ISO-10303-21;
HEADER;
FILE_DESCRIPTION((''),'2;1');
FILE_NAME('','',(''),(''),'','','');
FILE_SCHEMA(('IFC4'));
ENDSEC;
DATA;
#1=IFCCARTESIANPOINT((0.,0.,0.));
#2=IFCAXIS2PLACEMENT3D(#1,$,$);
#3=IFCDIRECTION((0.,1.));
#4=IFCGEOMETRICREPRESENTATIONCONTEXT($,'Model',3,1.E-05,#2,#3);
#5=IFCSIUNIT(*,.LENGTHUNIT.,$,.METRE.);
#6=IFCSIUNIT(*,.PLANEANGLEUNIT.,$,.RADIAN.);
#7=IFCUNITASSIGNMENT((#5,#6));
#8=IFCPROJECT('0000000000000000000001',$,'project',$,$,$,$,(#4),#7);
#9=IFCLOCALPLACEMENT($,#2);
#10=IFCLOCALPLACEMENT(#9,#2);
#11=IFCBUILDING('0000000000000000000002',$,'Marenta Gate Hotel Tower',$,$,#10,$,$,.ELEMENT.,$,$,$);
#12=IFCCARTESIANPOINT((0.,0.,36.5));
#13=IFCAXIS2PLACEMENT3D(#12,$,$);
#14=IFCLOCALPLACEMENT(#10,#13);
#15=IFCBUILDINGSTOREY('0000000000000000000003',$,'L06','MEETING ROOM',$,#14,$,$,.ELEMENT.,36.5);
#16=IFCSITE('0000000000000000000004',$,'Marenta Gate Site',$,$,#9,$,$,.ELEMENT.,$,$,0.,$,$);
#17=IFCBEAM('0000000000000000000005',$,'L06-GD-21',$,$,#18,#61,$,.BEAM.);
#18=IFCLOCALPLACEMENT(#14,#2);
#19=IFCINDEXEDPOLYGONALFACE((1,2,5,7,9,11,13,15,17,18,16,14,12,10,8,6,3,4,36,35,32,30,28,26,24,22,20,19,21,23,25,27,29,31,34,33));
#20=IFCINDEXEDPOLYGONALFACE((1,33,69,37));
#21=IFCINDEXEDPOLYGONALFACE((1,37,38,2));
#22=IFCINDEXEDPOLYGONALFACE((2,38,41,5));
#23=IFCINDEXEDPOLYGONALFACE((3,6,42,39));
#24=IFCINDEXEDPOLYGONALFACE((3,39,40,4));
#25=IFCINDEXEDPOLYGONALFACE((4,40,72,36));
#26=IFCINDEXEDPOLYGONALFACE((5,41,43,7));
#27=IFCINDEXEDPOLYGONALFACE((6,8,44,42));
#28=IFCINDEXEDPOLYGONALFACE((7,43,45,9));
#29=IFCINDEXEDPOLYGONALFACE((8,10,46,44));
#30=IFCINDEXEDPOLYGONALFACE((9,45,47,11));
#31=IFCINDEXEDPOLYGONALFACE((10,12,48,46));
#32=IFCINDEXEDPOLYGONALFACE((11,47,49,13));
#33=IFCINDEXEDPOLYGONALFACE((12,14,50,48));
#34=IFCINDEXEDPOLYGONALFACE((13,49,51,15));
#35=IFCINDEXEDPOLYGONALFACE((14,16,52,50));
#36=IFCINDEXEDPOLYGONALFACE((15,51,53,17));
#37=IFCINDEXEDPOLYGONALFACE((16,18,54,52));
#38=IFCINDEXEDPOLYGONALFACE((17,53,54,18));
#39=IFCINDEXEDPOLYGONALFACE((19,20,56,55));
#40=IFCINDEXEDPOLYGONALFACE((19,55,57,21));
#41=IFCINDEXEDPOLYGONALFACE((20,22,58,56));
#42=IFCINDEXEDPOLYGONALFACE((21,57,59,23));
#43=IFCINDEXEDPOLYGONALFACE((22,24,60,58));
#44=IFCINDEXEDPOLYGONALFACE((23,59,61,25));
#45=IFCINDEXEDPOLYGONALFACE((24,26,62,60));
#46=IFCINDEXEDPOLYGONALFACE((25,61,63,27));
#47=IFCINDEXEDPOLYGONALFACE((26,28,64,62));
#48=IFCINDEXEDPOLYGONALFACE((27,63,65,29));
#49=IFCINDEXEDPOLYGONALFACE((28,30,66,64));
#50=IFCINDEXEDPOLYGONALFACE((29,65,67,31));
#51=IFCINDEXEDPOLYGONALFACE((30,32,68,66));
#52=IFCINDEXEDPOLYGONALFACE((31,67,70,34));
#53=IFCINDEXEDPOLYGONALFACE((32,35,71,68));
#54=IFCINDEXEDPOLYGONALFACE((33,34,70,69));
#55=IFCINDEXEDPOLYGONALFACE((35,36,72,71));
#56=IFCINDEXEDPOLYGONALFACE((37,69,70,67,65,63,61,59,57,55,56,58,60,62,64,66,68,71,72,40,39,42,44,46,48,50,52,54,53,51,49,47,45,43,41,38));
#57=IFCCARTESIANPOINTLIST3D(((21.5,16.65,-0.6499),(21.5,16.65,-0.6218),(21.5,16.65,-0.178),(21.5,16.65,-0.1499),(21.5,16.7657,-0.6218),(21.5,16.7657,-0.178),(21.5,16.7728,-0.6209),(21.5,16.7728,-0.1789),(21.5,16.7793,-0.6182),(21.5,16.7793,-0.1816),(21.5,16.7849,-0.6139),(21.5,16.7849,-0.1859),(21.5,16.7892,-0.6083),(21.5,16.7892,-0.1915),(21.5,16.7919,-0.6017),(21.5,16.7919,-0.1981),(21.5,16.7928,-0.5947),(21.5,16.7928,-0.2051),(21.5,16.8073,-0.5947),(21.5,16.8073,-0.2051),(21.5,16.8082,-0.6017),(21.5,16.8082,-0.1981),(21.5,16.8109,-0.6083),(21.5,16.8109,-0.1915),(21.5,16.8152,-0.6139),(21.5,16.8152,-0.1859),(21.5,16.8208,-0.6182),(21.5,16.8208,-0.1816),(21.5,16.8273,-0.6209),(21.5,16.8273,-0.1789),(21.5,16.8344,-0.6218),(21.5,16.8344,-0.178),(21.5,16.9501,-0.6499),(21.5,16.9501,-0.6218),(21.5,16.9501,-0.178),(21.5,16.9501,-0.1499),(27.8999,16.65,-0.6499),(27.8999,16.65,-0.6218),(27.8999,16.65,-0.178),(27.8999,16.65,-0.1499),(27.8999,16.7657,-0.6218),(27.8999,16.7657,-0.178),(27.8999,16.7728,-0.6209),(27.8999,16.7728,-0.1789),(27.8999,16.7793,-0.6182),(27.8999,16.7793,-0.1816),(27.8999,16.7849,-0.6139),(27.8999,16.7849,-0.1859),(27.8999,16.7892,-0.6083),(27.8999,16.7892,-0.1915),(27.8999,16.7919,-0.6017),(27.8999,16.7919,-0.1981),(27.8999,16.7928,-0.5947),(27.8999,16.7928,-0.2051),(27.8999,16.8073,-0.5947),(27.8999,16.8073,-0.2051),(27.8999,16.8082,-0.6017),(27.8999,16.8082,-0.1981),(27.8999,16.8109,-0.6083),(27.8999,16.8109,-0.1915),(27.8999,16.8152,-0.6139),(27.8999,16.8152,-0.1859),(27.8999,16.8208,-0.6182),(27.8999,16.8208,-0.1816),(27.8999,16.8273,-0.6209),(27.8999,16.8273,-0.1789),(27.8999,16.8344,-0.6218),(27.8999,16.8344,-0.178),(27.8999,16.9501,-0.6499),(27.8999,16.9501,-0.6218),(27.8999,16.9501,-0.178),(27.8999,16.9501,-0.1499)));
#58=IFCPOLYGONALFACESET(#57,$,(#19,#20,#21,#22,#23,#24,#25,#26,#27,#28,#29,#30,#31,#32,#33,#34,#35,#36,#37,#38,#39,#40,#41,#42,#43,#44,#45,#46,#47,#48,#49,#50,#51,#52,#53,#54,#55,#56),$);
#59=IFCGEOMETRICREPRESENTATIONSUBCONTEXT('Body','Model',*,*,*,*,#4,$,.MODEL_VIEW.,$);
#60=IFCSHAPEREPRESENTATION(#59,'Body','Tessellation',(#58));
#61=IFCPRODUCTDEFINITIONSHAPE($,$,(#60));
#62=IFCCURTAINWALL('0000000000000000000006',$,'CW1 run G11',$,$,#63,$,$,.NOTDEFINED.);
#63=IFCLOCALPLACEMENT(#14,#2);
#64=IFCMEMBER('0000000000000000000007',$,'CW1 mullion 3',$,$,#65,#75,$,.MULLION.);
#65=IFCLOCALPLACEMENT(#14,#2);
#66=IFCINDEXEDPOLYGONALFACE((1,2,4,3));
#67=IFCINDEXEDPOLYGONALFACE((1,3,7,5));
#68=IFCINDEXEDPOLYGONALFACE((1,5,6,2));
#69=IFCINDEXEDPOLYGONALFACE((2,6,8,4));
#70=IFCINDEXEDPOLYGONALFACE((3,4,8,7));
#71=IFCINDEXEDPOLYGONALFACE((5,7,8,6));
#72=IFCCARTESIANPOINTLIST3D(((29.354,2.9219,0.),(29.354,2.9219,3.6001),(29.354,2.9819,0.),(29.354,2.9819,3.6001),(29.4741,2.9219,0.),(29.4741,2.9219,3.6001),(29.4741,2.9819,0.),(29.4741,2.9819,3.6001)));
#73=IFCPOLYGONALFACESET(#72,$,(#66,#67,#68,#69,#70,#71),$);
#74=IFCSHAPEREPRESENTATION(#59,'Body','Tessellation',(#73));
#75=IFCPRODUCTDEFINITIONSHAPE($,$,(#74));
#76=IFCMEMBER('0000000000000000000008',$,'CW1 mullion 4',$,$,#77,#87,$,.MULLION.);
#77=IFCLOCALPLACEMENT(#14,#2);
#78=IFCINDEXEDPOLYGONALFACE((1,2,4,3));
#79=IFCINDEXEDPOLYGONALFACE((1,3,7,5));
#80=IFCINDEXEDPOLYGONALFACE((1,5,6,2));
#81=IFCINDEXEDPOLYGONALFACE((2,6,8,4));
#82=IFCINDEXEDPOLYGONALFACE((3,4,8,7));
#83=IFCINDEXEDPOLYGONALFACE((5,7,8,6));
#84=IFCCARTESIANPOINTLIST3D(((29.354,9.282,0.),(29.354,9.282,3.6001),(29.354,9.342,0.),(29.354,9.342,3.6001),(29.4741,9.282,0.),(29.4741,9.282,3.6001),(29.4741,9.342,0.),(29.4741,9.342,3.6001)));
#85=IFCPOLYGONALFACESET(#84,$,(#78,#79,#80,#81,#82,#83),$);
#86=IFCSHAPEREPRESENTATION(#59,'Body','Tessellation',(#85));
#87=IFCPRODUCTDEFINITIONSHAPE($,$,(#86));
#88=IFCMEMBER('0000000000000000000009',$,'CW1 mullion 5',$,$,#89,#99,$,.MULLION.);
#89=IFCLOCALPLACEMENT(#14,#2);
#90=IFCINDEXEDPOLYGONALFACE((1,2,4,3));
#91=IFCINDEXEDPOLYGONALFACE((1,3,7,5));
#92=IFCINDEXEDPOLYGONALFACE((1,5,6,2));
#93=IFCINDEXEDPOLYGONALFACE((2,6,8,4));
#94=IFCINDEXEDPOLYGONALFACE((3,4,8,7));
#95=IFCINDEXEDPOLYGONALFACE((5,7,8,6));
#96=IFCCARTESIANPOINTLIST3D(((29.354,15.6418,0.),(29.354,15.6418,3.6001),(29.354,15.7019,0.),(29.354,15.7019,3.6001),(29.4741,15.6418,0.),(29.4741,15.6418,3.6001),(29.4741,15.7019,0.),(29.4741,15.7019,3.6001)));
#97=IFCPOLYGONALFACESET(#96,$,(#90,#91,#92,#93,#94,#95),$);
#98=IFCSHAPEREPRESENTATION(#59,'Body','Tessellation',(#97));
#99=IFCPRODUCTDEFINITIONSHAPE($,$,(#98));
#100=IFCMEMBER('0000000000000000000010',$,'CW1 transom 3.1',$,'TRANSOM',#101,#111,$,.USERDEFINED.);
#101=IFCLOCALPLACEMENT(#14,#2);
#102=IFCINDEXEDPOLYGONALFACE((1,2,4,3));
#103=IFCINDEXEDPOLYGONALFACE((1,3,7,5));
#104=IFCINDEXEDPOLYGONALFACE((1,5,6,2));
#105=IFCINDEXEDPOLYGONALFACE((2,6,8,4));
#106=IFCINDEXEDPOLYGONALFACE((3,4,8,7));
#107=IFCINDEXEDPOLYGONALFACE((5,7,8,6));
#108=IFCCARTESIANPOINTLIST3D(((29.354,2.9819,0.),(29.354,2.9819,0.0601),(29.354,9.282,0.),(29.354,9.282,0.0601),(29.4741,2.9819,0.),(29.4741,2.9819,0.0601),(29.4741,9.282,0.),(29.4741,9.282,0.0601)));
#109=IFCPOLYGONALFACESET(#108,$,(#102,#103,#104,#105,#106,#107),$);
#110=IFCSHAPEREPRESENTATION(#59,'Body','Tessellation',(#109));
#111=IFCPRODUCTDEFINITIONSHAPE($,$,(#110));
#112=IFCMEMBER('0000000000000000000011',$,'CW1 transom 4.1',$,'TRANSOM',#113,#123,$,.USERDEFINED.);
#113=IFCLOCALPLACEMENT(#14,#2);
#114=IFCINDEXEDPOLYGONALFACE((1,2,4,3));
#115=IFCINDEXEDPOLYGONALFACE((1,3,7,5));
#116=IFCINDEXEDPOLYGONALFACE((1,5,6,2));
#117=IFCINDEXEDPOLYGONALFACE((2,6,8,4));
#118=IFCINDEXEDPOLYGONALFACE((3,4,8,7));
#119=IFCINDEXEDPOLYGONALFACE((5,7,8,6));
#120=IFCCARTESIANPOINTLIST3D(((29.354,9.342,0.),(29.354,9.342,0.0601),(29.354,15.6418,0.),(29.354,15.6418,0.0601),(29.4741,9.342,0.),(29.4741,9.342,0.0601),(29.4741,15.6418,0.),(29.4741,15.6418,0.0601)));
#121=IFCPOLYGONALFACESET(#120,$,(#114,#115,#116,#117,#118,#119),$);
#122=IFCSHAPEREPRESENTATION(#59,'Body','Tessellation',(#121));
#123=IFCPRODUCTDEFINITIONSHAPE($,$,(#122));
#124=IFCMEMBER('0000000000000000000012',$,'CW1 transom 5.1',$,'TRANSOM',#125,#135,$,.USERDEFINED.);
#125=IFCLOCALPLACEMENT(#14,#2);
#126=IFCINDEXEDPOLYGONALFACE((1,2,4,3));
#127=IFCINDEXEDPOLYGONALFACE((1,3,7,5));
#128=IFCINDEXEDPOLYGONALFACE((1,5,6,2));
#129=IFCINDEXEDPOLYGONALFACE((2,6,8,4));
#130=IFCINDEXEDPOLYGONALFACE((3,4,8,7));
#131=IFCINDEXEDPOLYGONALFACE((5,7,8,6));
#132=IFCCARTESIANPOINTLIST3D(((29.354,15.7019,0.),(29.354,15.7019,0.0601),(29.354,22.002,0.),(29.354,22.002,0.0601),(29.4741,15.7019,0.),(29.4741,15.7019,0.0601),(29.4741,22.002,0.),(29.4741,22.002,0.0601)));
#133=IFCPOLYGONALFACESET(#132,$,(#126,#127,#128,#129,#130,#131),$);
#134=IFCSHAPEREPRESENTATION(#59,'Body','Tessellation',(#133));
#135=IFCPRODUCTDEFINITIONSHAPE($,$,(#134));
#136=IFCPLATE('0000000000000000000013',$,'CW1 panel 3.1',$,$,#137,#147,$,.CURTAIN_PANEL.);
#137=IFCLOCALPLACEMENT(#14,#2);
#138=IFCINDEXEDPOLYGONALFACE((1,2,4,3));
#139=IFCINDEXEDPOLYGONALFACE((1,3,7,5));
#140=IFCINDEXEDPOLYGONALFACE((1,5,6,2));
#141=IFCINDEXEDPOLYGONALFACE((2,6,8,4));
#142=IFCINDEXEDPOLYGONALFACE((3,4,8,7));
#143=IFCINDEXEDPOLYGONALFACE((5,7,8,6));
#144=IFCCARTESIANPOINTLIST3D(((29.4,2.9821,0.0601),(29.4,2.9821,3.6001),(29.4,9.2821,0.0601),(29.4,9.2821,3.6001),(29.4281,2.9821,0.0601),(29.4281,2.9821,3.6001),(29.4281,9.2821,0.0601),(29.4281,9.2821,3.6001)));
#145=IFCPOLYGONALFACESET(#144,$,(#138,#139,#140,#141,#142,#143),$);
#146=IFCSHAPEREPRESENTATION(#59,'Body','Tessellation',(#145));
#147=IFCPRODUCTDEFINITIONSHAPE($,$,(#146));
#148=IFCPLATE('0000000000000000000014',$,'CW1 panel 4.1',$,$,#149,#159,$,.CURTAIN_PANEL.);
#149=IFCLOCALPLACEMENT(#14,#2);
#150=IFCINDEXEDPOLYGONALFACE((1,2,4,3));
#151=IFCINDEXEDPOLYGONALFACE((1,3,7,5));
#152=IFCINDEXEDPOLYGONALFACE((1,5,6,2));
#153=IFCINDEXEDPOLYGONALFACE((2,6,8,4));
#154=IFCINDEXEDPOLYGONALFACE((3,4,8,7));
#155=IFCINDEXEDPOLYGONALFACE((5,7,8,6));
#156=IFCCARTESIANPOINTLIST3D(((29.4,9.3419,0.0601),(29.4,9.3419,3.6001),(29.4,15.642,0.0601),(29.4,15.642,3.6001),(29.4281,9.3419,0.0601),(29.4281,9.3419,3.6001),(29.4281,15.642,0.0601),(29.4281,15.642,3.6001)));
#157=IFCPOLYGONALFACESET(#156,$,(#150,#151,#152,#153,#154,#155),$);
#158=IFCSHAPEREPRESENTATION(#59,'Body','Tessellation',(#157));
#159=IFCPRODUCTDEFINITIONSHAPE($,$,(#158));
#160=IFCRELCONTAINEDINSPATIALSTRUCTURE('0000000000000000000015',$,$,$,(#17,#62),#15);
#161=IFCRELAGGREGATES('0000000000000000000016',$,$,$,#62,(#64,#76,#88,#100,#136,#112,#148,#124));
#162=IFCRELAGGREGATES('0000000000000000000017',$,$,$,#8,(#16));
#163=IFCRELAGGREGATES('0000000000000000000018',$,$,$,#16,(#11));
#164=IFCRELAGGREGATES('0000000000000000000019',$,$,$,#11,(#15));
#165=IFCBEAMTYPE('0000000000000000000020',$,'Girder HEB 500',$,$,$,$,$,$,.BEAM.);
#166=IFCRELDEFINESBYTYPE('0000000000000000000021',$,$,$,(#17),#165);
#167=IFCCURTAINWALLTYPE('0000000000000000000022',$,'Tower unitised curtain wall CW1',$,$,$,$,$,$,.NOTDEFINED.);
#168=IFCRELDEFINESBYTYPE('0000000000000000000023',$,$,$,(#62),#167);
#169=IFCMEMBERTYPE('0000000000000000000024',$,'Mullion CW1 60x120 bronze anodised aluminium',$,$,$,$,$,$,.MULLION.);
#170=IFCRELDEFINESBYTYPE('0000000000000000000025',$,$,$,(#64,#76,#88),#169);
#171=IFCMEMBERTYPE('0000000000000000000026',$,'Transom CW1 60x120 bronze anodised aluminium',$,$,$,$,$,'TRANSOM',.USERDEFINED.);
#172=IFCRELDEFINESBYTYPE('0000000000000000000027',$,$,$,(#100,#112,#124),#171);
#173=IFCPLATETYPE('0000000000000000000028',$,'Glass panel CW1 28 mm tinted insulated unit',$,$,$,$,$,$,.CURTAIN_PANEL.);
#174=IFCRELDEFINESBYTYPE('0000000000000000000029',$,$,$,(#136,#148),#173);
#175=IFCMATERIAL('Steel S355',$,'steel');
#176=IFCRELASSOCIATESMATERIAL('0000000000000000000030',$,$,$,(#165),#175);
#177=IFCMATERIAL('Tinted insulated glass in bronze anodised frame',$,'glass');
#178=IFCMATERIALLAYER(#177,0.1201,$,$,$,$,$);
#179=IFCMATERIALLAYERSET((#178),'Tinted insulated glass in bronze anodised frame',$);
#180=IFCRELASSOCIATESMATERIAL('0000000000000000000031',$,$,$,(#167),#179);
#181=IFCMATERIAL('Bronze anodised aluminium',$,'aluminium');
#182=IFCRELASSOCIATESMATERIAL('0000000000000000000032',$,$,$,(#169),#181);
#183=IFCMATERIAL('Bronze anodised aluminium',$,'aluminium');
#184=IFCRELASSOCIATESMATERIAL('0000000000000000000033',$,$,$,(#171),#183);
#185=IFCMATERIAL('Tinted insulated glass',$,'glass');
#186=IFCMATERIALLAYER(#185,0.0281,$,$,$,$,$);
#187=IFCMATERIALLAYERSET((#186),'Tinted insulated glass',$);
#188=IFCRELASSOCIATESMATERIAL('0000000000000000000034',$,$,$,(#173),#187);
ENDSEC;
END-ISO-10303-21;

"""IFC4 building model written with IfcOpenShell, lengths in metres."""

from ifc_helpers import new_model, si_unit, direction, frame, origin, origin_2d, place, context, subcontext, project, spatial, rectangle, i_section, extrude, material, layer, layer_set, material_profile, profile_set, type_object, element, aggregate, save


model = new_model("IFC4")

# Units and contexts
model_context = context("Model", 3, precision=1e-05, world=origin(), true_north=direction((0.0, 1.0)))
body_context = subcontext(model_context, "Body", "Model", "MODEL_VIEW")
ifc_project = project(units=[si_unit("LENGTHUNIT", "METRE"), si_unit("PLANEANGLEUNIT", "RADIAN")], contexts=[model_context])

# Site, building, storey
site_placement = place(None, origin())
site = spatial("IfcSite", under=ifc_project, at=site_placement, Name="Marenta Gate Site", CompositionType="ELEMENT", RefElevation=0.0)
building_placement = place(site_placement, origin())
building = spatial("IfcBuilding", under=site, at=building_placement, Name="Marenta Gate Hotel Tower", CompositionType="ELEMENT")
storey_placement = place(building_placement, frame((0.0, 0.0, 36.5)))
storey = spatial("IfcBuildingStorey", under=building, at=storey_placement, Name="L06", Description="MEETING ROOM", CompositionType="ELEMENT", Elevation=36.5)

# Beam
ifc_material_1 = material(Name="Steel S355", Category="steel")
ifc_material_profile_1 = material_profile(ifc_material_1, i_section(OverallWidth=0.3, OverallDepth=0.5, WebThickness=0.0144, FlangeThickness=0.0281, FilletRadius=0.0271, at=origin_2d()), Name="HEB 500")
ifc_profile_set_1 = profile_set([ifc_material_profile_1], Name="Steel S355")
beam_type_1 = type_object("IfcBeamType", Name="Girder HEB 500", PredefinedType="BEAM", material=ifc_profile_set_1)
beam_1_placement = place(storey_placement, frame((21.5, 16.8, -0.3999), z_axis=(1.0, 0.0, 0.0), x_axis=(0.0, 1.0, 0.0)))
element("IfcBeam", 1, at=beam_1_placement, inside=storey, type_object=beam_type_1, Name="L06-GD-21", PredefinedType="BEAM", context=body_context, shape_type="SweptSolid", body=[
    extrude(i_section(OverallWidth=0.3, OverallDepth=0.5, WebThickness=0.0144, FlangeThickness=0.0281, FilletRadius=0.0271, at=origin_2d()), origin(), (0.0, 0.0, 1.0), 6.3999),
])

# Curtain wall, members, plates
ifc_material_2 = material(Name="Tinted insulated glass in bronze anodised frame", Category="glass")
ifc_layer_1 = layer(ifc_material_2, 0.1201)
ifc_layer_set_1 = layer_set([ifc_layer_1], Name="Tinted insulated glass in bronze anodised frame")
curtain_wall_type = type_object("IfcCurtainWallType", Name="Tower unitised curtain wall CW1", PredefinedType="NOTDEFINED", material=ifc_layer_set_1)
curtain_wall_placement = place(storey_placement, origin())
curtain_wall = element("IfcCurtainWall", 2, at=curtain_wall_placement, inside=storey, type_object=curtain_wall_type, Name="CW1 run G11", PredefinedType="NOTDEFINED")
ifc_material_3 = material(Name="Bronze anodised aluminium", Category="aluminium")
ifc_material_profile_2 = material_profile(ifc_material_3, rectangle(XDim=0.1201, YDim=0.0601, at=origin_2d()), Name="Mullion CW1 60x120 bronze anodised aluminium")
ifc_profile_set_2 = profile_set([ifc_material_profile_2], Name="Bronze anodised aluminium")
member_type_1 = type_object("IfcMemberType", Name="Mullion CW1 60x120 bronze anodised aluminium", PredefinedType="MULLION", material=ifc_profile_set_2)
member_1_placement = place(storey_placement, frame((29.4141, 2.9519, 0.0), z_axis=(0.0, 0.0, 1.0), x_axis=(-1.0, 0.0, 0.0)))
member_1 = element("IfcMember", 3, at=member_1_placement, type_object=member_type_1, Name="CW1 mullion 3", PredefinedType="MULLION", context=body_context, shape_type="SweptSolid", body=[
    extrude(rectangle(XDim=0.1201, YDim=0.0601, at=origin_2d()), origin(), (0.0, 0.0, 1.0), 3.6001),
])
member_2_placement = place(storey_placement, frame((29.4141, 9.312, 0.0), z_axis=(0.0, 0.0, 1.0), x_axis=(-1.0, 0.0, 0.0)))
member_2 = element("IfcMember", 4, at=member_2_placement, type_object=member_type_1, Name="CW1 mullion 4", PredefinedType="MULLION", context=body_context, shape_type="SweptSolid", body=[
    extrude(rectangle(XDim=0.1201, YDim=0.0601, at=origin_2d()), origin(), (0.0, 0.0, 1.0), 3.6001),
])
member_3_placement = place(storey_placement, frame((29.4141, 15.6719, 0.0), z_axis=(0.0, 0.0, 1.0), x_axis=(-1.0, 0.0, 0.0)))
member_3 = element("IfcMember", 5, at=member_3_placement, type_object=member_type_1, Name="CW1 mullion 5", PredefinedType="MULLION", context=body_context, shape_type="SweptSolid", body=[
    extrude(rectangle(XDim=0.1201, YDim=0.0601, at=origin_2d()), origin(), (0.0, 0.0, 1.0), 3.6001),
])
ifc_material_4 = material(Name="Bronze anodised aluminium", Category="aluminium")
ifc_material_profile_3 = material_profile(ifc_material_4, rectangle(XDim=0.1201, YDim=0.0601, at=origin_2d()), Name="Transom CW1 60x120 bronze anodised aluminium")
ifc_profile_set_3 = profile_set([ifc_material_profile_3], Name="Bronze anodised aluminium")
member_type_2 = type_object("IfcMemberType", Name="Transom CW1 60x120 bronze anodised aluminium", ElementType="TRANSOM", PredefinedType="USERDEFINED", material=ifc_profile_set_3)
member_4_placement = place(storey_placement, frame((29.4141, 2.9819, 0.03), z_axis=(0.0, 1.0, 0.0), x_axis=(-1.0, 0.0, 0.0)))
member_4 = element("IfcMember", 6, at=member_4_placement, type_object=member_type_2, Name="CW1 transom 3.1", ObjectType="TRANSOM", PredefinedType="USERDEFINED", context=body_context, shape_type="SweptSolid", body=[
    extrude(rectangle(XDim=0.1201, YDim=0.0601, at=origin_2d()), origin(), (0.0, 0.0, 1.0), 6.3),
])
member_5_placement = place(storey_placement, frame((29.4141, 9.342, 0.03), z_axis=(0.0, 1.0, 0.0), x_axis=(-1.0, 0.0, 0.0)))
member_5 = element("IfcMember", 7, at=member_5_placement, type_object=member_type_2, Name="CW1 transom 4.1", ObjectType="TRANSOM", PredefinedType="USERDEFINED", context=body_context, shape_type="SweptSolid", body=[
    extrude(rectangle(XDim=0.1201, YDim=0.0601, at=origin_2d()), origin(), (0.0, 0.0, 1.0), 6.2998),
])
member_6_placement = place(storey_placement, frame((29.4141, 15.7019, 0.03), z_axis=(0.0, 1.0, 0.0), x_axis=(-1.0, 0.0, 0.0)))
member_6 = element("IfcMember", 8, at=member_6_placement, type_object=member_type_2, Name="CW1 transom 5.1", ObjectType="TRANSOM", PredefinedType="USERDEFINED", context=body_context, shape_type="SweptSolid", body=[
    extrude(rectangle(XDim=0.1201, YDim=0.0601, at=origin_2d()), origin(), (0.0, 0.0, 1.0), 6.3),
])
ifc_material_5 = material(Name="Tinted insulated glass", Category="glass")
ifc_layer_2 = layer(ifc_material_5, 0.0281)
ifc_layer_set_2 = layer_set([ifc_layer_2], Name="Tinted insulated glass")
plate_type = type_object("IfcPlateType", Name="Glass panel CW1 28 mm tinted insulated unit", PredefinedType="CURTAIN_PANEL", material=ifc_layer_set_2)
plate_1_placement = place(storey_placement, frame((29.4141, 6.1321, 0.0601), z_axis=(0.0, 0.0, 1.0), x_axis=(0.0, 1.0, 0.0)))
plate_1 = element("IfcPlate", 9, at=plate_1_placement, type_object=plate_type, Name="CW1 panel 3.1", PredefinedType="CURTAIN_PANEL", context=body_context, shape_type="SweptSolid", body=[
    extrude(rectangle(XDim=6.3, YDim=0.0281, at=origin_2d()), origin(), (0.0, 0.0, 1.0), 3.54),
])
plate_2_placement = place(storey_placement, frame((29.4141, 12.4919, 0.0601), z_axis=(0.0, 0.0, 1.0), x_axis=(0.0, 1.0, 0.0)))
plate_2 = element("IfcPlate", 10, at=plate_2_placement, type_object=plate_type, Name="CW1 panel 4.1", PredefinedType="CURTAIN_PANEL", context=body_context, shape_type="SweptSolid", body=[
    extrude(rectangle(XDim=6.3, YDim=0.0281, at=origin_2d()), origin(), (0.0, 0.0, 1.0), 3.54),
])
aggregate(curtain_wall, [member_1, member_2, member_3, member_4, plate_1, member_5, plate_2, member_6])

save(model, "model.ifc")
